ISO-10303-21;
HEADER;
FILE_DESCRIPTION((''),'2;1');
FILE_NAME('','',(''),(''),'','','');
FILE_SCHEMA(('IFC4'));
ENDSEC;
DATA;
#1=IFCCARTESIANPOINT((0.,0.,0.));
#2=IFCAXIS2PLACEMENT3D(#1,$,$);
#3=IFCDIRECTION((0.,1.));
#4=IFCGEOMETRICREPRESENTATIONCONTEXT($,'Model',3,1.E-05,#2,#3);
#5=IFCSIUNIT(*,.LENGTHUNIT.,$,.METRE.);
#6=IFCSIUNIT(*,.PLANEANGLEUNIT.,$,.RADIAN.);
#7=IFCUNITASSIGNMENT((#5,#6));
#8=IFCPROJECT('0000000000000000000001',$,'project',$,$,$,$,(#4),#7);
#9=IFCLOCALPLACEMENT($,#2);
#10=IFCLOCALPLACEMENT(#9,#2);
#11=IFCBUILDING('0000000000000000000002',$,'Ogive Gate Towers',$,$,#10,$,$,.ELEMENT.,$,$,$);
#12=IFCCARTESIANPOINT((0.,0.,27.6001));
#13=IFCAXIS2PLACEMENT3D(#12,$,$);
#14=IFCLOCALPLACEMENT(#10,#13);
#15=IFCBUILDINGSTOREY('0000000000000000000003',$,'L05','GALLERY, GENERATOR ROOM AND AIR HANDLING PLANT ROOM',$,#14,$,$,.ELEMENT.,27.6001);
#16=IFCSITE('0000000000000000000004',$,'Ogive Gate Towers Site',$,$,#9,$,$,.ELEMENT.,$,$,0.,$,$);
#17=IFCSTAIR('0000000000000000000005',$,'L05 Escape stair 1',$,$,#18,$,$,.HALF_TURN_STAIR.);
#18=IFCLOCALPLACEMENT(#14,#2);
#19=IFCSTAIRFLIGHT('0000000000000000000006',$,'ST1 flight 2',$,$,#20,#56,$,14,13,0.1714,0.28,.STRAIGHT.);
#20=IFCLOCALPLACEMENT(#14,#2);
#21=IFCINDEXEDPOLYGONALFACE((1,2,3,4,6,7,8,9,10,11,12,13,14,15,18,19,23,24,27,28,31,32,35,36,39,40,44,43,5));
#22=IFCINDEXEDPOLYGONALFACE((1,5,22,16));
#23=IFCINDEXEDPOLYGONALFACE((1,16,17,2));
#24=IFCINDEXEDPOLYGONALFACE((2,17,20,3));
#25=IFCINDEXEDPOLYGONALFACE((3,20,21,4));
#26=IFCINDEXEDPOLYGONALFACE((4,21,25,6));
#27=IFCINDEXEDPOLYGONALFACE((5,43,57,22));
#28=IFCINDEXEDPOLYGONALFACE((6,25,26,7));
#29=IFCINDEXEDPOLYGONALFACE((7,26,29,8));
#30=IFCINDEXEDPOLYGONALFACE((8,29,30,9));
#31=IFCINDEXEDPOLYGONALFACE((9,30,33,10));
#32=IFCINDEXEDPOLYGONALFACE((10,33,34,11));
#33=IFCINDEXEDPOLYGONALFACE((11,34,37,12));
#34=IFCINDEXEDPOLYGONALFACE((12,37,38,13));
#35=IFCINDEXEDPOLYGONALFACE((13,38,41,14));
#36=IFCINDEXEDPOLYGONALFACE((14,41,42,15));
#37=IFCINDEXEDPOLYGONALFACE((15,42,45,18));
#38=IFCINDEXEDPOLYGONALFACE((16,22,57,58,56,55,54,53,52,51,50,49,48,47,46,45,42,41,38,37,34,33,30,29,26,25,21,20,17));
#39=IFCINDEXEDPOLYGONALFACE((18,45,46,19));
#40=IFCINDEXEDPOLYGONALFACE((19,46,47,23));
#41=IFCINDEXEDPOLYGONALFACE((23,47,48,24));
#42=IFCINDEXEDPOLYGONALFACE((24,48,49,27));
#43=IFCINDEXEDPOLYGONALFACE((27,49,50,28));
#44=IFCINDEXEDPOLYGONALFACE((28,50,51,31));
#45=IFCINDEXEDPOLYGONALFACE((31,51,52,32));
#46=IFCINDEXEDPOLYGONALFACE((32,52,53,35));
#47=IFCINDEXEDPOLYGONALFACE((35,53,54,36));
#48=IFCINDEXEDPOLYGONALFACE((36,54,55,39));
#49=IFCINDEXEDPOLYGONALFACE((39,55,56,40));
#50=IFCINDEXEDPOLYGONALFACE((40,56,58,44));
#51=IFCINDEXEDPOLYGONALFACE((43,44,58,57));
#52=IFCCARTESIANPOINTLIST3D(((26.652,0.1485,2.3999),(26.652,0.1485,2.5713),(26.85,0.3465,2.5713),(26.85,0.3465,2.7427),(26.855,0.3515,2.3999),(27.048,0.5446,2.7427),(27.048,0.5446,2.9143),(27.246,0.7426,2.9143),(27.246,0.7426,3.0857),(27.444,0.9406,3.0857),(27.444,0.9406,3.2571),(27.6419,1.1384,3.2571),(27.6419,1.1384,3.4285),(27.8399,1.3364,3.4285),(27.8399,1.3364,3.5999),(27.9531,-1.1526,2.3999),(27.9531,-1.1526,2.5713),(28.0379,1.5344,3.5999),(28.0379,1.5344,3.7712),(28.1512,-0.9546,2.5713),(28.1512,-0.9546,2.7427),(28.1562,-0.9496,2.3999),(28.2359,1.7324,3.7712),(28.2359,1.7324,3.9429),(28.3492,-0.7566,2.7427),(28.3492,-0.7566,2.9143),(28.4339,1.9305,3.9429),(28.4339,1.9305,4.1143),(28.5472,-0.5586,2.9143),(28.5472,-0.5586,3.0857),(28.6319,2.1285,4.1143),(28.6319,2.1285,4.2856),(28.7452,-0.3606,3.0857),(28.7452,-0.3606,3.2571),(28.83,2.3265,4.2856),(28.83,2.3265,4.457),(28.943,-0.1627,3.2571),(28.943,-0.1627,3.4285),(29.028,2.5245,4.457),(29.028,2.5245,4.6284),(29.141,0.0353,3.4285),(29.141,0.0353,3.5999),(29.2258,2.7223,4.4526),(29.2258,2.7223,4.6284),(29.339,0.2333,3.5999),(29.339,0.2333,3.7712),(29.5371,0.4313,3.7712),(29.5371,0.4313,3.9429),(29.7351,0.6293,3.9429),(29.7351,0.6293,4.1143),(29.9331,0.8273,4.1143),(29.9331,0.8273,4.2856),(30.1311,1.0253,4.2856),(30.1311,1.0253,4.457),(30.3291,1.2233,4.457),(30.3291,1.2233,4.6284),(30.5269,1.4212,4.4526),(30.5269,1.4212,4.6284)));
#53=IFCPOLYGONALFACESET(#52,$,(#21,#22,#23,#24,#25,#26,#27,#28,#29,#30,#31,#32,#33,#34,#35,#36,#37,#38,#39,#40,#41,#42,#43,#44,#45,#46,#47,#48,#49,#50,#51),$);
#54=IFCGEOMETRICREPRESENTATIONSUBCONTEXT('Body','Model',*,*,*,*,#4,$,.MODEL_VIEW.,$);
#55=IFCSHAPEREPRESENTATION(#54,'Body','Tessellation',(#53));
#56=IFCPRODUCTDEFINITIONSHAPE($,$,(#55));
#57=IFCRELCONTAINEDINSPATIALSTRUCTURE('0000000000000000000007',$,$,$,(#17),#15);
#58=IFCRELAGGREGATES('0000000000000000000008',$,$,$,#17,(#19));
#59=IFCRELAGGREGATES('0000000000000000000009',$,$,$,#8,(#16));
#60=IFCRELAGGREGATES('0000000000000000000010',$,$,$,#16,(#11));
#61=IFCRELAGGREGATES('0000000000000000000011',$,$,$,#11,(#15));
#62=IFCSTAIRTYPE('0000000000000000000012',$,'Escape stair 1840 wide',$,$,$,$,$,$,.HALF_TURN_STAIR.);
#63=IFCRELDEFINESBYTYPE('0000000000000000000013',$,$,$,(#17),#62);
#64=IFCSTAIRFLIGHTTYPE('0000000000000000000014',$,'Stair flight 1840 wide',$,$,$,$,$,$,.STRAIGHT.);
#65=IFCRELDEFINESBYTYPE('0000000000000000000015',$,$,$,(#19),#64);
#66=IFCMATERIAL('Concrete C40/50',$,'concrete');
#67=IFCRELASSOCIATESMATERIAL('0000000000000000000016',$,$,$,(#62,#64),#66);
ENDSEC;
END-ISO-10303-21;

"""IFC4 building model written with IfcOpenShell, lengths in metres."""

from ifc_helpers import new_model, si_unit, direction, frame, origin, place, context, subcontext, project, spatial, polyline, outline, extrude, material, type_object, element, aggregate, save


model = new_model("IFC4")

# Units and contexts
model_context = context("Model", 3, precision=1e-05, world=origin(), true_north=direction((0.0, 1.0)))
body_context = subcontext(model_context, "Body", "Model", "MODEL_VIEW")
ifc_project = project(units=[si_unit("LENGTHUNIT", "METRE"), si_unit("PLANEANGLEUNIT", "RADIAN")], contexts=[model_context])

# Site, building, storey
site_placement = place(None, origin())
site = spatial("IfcSite", under=ifc_project, at=site_placement, Name="Ogive Gate Towers Site", CompositionType="ELEMENT", RefElevation=0.0)
building_placement = place(site_placement, origin())
building = spatial("IfcBuilding", under=site, at=building_placement, Name="Ogive Gate Towers", CompositionType="ELEMENT")
storey_placement = place(building_placement, frame((0.0, 0.0, 27.6001)))
storey = spatial("IfcBuildingStorey", under=building, at=storey_placement, Name="L05", Description="GALLERY, GENERATOR ROOM AND AIR HANDLING PLANT ROOM", CompositionType="ELEMENT", Elevation=27.6001)

# Stair, stair flight
ifc_material_1 = material(Name="Concrete C40/50", Category="concrete")
stair_type = type_object("IfcStairType", Name="Escape stair 1840 wide", PredefinedType="HALF_TURN_STAIR", material=ifc_material_1)
stair_placement = place(storey_placement, origin())
stair = element("IfcStair", 1, at=stair_placement, inside=storey, type_object=stair_type, Name="L05 Escape stair 1", PredefinedType="HALF_TURN_STAIR")
stair_flight_type = type_object("IfcStairFlightType", Name="Stair flight 1840 wide", PredefinedType="STRAIGHT", material=ifc_material_1)
stair_flight_placement = place(storey_placement, frame((27.3025, -0.502, 2.3999), z_axis=(0.0, 0.0, 1.0), x_axis=(0.707107, 0.707107, 0.0)))
stair_flight = element("IfcStairFlight", 2, at=stair_flight_placement, type_object=stair_flight_type, Name="ST1 flight 2", NumberOfRisers=14, NumberOfTreads=13, PredefinedType="STRAIGHT", RiserHeight=0.1714, TreadLength=0.28, context=body_context, shape_type="SweptSolid", body=[
    extrude(outline(polyline([(0.0, 0.0), (0.0, 0.1714), (0.28, 0.1714), (0.28, 0.3428), (0.5601, 0.3428), (0.5601, 0.5144), (0.8401, 0.5144), (0.8401, 0.6858), (1.1201, 0.6858), (1.1201, 0.8572), (1.3999, 0.8572), (1.3999, 1.0286), (1.6799, 1.0286), (1.6799, 1.2), (1.96, 1.2), (1.96, 1.3713), (2.24, 1.3713), (2.24, 1.543), (2.52, 1.543), (2.52, 1.7144), (2.8, 1.7144), (2.8, 1.8857), (3.0801, 1.8857), (3.0801, 2.0571), (3.3601, 2.0571), (3.3601, 2.2285), (3.6399, 2.2285), (3.6399, 2.3999), (3.6399, 2.0527), (0.2871, 0.0), (0.0, 0.0)])), frame((0.0, 0.9199, 0.0), z_axis=(0.0, -1.0, 0.0), x_axis=(1.0, 0.0, 0.0)), (0.0, 0.0, 1.0), 1.8401),
])
aggregate(stair, [stair_flight])

save(model, "model.ifc")
